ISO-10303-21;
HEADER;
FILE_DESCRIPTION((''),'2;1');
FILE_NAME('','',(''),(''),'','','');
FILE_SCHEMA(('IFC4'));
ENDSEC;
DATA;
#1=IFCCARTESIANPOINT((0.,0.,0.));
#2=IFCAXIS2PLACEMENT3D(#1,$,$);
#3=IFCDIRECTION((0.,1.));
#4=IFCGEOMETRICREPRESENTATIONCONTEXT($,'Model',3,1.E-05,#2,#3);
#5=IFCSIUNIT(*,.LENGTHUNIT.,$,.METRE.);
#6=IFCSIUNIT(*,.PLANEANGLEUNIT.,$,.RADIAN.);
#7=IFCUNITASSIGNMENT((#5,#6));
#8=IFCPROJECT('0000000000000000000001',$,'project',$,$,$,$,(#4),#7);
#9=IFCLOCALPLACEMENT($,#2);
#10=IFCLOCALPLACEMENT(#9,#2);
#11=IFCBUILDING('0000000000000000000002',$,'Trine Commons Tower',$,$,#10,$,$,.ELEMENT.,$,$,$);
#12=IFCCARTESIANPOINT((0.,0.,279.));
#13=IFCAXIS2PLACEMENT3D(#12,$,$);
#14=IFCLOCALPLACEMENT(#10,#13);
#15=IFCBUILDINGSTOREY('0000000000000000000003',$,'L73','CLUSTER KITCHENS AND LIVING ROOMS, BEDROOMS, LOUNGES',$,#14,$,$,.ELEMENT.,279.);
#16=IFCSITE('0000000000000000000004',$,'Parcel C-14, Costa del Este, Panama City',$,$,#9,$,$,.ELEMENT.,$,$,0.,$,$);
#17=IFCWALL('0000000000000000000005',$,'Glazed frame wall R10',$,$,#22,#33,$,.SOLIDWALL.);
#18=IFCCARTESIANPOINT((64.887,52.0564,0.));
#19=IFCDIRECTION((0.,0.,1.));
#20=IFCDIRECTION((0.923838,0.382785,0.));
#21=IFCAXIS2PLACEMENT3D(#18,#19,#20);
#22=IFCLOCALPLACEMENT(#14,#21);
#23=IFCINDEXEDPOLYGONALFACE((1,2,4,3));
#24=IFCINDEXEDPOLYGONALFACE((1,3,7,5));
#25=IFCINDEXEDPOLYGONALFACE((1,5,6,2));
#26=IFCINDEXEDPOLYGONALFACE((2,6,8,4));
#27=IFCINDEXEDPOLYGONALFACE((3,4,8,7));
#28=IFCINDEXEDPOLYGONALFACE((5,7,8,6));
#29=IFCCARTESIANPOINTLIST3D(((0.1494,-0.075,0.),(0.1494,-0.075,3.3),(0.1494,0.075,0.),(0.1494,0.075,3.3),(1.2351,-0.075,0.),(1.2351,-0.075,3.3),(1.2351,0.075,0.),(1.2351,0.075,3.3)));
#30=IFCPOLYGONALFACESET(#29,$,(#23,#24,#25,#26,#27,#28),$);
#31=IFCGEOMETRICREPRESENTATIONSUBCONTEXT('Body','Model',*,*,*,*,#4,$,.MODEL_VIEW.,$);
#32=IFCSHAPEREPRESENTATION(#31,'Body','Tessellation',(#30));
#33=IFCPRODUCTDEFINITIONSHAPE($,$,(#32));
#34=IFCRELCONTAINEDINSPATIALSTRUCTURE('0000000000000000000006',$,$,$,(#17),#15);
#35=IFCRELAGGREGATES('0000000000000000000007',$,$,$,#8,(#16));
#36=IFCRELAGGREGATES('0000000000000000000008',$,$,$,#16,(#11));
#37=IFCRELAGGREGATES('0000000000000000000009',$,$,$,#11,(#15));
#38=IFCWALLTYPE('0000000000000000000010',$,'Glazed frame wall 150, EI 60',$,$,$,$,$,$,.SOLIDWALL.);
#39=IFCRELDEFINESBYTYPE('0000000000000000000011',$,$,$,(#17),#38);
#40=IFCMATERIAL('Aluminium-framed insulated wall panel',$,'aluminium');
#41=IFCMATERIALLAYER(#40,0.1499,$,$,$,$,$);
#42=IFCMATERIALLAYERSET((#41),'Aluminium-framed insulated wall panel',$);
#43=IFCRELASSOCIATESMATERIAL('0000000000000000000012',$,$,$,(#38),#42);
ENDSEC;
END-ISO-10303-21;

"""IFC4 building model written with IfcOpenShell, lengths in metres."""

from ifc_helpers import new_model, si_unit, direction, frame, origin, place, context, subcontext, project, spatial, polyline, outline, extrude, material, layer, layer_set, type_object, element, save


model = new_model("IFC4")

# Units and contexts
model_context = context("Model", 3, precision=1e-05, world=origin(), true_north=direction((0.0, 1.0)))
body_context = subcontext(model_context, "Body", "Model", "MODEL_VIEW")
ifc_project = project(units=[si_unit("LENGTHUNIT", "METRE"), si_unit("PLANEANGLEUNIT", "RADIAN")], contexts=[model_context])

# Site, building, storey
site_placement = place(None, origin())
site = spatial("IfcSite", under=ifc_project, at=site_placement, Name="Parcel C-14, Costa del Este, Panama City", CompositionType="ELEMENT", RefElevation=0.0)
building_placement = place(site_placement, origin())
building = spatial("IfcBuilding", under=site, at=building_placement, Name="Trine Commons Tower", CompositionType="ELEMENT")
storey_placement = place(building_placement, frame((0.0, 0.0, 279.0)))
storey = spatial("IfcBuildingStorey", under=building, at=storey_placement, Name="L73", Description="CLUSTER KITCHENS AND LIVING ROOMS, BEDROOMS, LOUNGES", CompositionType="ELEMENT", Elevation=279.0)

# Wall
ifc_material_1 = material(Name="Aluminium-framed insulated wall panel", Category="aluminium")
ifc_layer_1 = layer(ifc_material_1, 0.1499)
ifc_layer_set_1 = layer_set([ifc_layer_1], Name="Aluminium-framed insulated wall panel")
wall_type_1 = type_object("IfcWallType", Name="Glazed frame wall 150, EI 60", PredefinedType="SOLIDWALL", material=ifc_layer_set_1)
wall_1_placement = place(storey_placement, frame((64.887, 52.0564, 0.0), z_axis=(0.0, 0.0, 1.0), x_axis=(0.923838, 0.382785, 0.0)))
element("IfcWall", 1, at=wall_1_placement, inside=storey, type_object=wall_type_1, Name="Glazed frame wall R10", PredefinedType="SOLIDWALL", context=body_context, shape_type="SweptSolid", body=[
    extrude(outline(polyline([(0.1494, 0.075), (0.1494, -0.075), (1.2351, -0.075), (1.2351, 0.075), (0.1494, 0.075)])), origin(), (0.0, 0.0, 1.0), 3.3),
])

save(model, "model.ifc")
